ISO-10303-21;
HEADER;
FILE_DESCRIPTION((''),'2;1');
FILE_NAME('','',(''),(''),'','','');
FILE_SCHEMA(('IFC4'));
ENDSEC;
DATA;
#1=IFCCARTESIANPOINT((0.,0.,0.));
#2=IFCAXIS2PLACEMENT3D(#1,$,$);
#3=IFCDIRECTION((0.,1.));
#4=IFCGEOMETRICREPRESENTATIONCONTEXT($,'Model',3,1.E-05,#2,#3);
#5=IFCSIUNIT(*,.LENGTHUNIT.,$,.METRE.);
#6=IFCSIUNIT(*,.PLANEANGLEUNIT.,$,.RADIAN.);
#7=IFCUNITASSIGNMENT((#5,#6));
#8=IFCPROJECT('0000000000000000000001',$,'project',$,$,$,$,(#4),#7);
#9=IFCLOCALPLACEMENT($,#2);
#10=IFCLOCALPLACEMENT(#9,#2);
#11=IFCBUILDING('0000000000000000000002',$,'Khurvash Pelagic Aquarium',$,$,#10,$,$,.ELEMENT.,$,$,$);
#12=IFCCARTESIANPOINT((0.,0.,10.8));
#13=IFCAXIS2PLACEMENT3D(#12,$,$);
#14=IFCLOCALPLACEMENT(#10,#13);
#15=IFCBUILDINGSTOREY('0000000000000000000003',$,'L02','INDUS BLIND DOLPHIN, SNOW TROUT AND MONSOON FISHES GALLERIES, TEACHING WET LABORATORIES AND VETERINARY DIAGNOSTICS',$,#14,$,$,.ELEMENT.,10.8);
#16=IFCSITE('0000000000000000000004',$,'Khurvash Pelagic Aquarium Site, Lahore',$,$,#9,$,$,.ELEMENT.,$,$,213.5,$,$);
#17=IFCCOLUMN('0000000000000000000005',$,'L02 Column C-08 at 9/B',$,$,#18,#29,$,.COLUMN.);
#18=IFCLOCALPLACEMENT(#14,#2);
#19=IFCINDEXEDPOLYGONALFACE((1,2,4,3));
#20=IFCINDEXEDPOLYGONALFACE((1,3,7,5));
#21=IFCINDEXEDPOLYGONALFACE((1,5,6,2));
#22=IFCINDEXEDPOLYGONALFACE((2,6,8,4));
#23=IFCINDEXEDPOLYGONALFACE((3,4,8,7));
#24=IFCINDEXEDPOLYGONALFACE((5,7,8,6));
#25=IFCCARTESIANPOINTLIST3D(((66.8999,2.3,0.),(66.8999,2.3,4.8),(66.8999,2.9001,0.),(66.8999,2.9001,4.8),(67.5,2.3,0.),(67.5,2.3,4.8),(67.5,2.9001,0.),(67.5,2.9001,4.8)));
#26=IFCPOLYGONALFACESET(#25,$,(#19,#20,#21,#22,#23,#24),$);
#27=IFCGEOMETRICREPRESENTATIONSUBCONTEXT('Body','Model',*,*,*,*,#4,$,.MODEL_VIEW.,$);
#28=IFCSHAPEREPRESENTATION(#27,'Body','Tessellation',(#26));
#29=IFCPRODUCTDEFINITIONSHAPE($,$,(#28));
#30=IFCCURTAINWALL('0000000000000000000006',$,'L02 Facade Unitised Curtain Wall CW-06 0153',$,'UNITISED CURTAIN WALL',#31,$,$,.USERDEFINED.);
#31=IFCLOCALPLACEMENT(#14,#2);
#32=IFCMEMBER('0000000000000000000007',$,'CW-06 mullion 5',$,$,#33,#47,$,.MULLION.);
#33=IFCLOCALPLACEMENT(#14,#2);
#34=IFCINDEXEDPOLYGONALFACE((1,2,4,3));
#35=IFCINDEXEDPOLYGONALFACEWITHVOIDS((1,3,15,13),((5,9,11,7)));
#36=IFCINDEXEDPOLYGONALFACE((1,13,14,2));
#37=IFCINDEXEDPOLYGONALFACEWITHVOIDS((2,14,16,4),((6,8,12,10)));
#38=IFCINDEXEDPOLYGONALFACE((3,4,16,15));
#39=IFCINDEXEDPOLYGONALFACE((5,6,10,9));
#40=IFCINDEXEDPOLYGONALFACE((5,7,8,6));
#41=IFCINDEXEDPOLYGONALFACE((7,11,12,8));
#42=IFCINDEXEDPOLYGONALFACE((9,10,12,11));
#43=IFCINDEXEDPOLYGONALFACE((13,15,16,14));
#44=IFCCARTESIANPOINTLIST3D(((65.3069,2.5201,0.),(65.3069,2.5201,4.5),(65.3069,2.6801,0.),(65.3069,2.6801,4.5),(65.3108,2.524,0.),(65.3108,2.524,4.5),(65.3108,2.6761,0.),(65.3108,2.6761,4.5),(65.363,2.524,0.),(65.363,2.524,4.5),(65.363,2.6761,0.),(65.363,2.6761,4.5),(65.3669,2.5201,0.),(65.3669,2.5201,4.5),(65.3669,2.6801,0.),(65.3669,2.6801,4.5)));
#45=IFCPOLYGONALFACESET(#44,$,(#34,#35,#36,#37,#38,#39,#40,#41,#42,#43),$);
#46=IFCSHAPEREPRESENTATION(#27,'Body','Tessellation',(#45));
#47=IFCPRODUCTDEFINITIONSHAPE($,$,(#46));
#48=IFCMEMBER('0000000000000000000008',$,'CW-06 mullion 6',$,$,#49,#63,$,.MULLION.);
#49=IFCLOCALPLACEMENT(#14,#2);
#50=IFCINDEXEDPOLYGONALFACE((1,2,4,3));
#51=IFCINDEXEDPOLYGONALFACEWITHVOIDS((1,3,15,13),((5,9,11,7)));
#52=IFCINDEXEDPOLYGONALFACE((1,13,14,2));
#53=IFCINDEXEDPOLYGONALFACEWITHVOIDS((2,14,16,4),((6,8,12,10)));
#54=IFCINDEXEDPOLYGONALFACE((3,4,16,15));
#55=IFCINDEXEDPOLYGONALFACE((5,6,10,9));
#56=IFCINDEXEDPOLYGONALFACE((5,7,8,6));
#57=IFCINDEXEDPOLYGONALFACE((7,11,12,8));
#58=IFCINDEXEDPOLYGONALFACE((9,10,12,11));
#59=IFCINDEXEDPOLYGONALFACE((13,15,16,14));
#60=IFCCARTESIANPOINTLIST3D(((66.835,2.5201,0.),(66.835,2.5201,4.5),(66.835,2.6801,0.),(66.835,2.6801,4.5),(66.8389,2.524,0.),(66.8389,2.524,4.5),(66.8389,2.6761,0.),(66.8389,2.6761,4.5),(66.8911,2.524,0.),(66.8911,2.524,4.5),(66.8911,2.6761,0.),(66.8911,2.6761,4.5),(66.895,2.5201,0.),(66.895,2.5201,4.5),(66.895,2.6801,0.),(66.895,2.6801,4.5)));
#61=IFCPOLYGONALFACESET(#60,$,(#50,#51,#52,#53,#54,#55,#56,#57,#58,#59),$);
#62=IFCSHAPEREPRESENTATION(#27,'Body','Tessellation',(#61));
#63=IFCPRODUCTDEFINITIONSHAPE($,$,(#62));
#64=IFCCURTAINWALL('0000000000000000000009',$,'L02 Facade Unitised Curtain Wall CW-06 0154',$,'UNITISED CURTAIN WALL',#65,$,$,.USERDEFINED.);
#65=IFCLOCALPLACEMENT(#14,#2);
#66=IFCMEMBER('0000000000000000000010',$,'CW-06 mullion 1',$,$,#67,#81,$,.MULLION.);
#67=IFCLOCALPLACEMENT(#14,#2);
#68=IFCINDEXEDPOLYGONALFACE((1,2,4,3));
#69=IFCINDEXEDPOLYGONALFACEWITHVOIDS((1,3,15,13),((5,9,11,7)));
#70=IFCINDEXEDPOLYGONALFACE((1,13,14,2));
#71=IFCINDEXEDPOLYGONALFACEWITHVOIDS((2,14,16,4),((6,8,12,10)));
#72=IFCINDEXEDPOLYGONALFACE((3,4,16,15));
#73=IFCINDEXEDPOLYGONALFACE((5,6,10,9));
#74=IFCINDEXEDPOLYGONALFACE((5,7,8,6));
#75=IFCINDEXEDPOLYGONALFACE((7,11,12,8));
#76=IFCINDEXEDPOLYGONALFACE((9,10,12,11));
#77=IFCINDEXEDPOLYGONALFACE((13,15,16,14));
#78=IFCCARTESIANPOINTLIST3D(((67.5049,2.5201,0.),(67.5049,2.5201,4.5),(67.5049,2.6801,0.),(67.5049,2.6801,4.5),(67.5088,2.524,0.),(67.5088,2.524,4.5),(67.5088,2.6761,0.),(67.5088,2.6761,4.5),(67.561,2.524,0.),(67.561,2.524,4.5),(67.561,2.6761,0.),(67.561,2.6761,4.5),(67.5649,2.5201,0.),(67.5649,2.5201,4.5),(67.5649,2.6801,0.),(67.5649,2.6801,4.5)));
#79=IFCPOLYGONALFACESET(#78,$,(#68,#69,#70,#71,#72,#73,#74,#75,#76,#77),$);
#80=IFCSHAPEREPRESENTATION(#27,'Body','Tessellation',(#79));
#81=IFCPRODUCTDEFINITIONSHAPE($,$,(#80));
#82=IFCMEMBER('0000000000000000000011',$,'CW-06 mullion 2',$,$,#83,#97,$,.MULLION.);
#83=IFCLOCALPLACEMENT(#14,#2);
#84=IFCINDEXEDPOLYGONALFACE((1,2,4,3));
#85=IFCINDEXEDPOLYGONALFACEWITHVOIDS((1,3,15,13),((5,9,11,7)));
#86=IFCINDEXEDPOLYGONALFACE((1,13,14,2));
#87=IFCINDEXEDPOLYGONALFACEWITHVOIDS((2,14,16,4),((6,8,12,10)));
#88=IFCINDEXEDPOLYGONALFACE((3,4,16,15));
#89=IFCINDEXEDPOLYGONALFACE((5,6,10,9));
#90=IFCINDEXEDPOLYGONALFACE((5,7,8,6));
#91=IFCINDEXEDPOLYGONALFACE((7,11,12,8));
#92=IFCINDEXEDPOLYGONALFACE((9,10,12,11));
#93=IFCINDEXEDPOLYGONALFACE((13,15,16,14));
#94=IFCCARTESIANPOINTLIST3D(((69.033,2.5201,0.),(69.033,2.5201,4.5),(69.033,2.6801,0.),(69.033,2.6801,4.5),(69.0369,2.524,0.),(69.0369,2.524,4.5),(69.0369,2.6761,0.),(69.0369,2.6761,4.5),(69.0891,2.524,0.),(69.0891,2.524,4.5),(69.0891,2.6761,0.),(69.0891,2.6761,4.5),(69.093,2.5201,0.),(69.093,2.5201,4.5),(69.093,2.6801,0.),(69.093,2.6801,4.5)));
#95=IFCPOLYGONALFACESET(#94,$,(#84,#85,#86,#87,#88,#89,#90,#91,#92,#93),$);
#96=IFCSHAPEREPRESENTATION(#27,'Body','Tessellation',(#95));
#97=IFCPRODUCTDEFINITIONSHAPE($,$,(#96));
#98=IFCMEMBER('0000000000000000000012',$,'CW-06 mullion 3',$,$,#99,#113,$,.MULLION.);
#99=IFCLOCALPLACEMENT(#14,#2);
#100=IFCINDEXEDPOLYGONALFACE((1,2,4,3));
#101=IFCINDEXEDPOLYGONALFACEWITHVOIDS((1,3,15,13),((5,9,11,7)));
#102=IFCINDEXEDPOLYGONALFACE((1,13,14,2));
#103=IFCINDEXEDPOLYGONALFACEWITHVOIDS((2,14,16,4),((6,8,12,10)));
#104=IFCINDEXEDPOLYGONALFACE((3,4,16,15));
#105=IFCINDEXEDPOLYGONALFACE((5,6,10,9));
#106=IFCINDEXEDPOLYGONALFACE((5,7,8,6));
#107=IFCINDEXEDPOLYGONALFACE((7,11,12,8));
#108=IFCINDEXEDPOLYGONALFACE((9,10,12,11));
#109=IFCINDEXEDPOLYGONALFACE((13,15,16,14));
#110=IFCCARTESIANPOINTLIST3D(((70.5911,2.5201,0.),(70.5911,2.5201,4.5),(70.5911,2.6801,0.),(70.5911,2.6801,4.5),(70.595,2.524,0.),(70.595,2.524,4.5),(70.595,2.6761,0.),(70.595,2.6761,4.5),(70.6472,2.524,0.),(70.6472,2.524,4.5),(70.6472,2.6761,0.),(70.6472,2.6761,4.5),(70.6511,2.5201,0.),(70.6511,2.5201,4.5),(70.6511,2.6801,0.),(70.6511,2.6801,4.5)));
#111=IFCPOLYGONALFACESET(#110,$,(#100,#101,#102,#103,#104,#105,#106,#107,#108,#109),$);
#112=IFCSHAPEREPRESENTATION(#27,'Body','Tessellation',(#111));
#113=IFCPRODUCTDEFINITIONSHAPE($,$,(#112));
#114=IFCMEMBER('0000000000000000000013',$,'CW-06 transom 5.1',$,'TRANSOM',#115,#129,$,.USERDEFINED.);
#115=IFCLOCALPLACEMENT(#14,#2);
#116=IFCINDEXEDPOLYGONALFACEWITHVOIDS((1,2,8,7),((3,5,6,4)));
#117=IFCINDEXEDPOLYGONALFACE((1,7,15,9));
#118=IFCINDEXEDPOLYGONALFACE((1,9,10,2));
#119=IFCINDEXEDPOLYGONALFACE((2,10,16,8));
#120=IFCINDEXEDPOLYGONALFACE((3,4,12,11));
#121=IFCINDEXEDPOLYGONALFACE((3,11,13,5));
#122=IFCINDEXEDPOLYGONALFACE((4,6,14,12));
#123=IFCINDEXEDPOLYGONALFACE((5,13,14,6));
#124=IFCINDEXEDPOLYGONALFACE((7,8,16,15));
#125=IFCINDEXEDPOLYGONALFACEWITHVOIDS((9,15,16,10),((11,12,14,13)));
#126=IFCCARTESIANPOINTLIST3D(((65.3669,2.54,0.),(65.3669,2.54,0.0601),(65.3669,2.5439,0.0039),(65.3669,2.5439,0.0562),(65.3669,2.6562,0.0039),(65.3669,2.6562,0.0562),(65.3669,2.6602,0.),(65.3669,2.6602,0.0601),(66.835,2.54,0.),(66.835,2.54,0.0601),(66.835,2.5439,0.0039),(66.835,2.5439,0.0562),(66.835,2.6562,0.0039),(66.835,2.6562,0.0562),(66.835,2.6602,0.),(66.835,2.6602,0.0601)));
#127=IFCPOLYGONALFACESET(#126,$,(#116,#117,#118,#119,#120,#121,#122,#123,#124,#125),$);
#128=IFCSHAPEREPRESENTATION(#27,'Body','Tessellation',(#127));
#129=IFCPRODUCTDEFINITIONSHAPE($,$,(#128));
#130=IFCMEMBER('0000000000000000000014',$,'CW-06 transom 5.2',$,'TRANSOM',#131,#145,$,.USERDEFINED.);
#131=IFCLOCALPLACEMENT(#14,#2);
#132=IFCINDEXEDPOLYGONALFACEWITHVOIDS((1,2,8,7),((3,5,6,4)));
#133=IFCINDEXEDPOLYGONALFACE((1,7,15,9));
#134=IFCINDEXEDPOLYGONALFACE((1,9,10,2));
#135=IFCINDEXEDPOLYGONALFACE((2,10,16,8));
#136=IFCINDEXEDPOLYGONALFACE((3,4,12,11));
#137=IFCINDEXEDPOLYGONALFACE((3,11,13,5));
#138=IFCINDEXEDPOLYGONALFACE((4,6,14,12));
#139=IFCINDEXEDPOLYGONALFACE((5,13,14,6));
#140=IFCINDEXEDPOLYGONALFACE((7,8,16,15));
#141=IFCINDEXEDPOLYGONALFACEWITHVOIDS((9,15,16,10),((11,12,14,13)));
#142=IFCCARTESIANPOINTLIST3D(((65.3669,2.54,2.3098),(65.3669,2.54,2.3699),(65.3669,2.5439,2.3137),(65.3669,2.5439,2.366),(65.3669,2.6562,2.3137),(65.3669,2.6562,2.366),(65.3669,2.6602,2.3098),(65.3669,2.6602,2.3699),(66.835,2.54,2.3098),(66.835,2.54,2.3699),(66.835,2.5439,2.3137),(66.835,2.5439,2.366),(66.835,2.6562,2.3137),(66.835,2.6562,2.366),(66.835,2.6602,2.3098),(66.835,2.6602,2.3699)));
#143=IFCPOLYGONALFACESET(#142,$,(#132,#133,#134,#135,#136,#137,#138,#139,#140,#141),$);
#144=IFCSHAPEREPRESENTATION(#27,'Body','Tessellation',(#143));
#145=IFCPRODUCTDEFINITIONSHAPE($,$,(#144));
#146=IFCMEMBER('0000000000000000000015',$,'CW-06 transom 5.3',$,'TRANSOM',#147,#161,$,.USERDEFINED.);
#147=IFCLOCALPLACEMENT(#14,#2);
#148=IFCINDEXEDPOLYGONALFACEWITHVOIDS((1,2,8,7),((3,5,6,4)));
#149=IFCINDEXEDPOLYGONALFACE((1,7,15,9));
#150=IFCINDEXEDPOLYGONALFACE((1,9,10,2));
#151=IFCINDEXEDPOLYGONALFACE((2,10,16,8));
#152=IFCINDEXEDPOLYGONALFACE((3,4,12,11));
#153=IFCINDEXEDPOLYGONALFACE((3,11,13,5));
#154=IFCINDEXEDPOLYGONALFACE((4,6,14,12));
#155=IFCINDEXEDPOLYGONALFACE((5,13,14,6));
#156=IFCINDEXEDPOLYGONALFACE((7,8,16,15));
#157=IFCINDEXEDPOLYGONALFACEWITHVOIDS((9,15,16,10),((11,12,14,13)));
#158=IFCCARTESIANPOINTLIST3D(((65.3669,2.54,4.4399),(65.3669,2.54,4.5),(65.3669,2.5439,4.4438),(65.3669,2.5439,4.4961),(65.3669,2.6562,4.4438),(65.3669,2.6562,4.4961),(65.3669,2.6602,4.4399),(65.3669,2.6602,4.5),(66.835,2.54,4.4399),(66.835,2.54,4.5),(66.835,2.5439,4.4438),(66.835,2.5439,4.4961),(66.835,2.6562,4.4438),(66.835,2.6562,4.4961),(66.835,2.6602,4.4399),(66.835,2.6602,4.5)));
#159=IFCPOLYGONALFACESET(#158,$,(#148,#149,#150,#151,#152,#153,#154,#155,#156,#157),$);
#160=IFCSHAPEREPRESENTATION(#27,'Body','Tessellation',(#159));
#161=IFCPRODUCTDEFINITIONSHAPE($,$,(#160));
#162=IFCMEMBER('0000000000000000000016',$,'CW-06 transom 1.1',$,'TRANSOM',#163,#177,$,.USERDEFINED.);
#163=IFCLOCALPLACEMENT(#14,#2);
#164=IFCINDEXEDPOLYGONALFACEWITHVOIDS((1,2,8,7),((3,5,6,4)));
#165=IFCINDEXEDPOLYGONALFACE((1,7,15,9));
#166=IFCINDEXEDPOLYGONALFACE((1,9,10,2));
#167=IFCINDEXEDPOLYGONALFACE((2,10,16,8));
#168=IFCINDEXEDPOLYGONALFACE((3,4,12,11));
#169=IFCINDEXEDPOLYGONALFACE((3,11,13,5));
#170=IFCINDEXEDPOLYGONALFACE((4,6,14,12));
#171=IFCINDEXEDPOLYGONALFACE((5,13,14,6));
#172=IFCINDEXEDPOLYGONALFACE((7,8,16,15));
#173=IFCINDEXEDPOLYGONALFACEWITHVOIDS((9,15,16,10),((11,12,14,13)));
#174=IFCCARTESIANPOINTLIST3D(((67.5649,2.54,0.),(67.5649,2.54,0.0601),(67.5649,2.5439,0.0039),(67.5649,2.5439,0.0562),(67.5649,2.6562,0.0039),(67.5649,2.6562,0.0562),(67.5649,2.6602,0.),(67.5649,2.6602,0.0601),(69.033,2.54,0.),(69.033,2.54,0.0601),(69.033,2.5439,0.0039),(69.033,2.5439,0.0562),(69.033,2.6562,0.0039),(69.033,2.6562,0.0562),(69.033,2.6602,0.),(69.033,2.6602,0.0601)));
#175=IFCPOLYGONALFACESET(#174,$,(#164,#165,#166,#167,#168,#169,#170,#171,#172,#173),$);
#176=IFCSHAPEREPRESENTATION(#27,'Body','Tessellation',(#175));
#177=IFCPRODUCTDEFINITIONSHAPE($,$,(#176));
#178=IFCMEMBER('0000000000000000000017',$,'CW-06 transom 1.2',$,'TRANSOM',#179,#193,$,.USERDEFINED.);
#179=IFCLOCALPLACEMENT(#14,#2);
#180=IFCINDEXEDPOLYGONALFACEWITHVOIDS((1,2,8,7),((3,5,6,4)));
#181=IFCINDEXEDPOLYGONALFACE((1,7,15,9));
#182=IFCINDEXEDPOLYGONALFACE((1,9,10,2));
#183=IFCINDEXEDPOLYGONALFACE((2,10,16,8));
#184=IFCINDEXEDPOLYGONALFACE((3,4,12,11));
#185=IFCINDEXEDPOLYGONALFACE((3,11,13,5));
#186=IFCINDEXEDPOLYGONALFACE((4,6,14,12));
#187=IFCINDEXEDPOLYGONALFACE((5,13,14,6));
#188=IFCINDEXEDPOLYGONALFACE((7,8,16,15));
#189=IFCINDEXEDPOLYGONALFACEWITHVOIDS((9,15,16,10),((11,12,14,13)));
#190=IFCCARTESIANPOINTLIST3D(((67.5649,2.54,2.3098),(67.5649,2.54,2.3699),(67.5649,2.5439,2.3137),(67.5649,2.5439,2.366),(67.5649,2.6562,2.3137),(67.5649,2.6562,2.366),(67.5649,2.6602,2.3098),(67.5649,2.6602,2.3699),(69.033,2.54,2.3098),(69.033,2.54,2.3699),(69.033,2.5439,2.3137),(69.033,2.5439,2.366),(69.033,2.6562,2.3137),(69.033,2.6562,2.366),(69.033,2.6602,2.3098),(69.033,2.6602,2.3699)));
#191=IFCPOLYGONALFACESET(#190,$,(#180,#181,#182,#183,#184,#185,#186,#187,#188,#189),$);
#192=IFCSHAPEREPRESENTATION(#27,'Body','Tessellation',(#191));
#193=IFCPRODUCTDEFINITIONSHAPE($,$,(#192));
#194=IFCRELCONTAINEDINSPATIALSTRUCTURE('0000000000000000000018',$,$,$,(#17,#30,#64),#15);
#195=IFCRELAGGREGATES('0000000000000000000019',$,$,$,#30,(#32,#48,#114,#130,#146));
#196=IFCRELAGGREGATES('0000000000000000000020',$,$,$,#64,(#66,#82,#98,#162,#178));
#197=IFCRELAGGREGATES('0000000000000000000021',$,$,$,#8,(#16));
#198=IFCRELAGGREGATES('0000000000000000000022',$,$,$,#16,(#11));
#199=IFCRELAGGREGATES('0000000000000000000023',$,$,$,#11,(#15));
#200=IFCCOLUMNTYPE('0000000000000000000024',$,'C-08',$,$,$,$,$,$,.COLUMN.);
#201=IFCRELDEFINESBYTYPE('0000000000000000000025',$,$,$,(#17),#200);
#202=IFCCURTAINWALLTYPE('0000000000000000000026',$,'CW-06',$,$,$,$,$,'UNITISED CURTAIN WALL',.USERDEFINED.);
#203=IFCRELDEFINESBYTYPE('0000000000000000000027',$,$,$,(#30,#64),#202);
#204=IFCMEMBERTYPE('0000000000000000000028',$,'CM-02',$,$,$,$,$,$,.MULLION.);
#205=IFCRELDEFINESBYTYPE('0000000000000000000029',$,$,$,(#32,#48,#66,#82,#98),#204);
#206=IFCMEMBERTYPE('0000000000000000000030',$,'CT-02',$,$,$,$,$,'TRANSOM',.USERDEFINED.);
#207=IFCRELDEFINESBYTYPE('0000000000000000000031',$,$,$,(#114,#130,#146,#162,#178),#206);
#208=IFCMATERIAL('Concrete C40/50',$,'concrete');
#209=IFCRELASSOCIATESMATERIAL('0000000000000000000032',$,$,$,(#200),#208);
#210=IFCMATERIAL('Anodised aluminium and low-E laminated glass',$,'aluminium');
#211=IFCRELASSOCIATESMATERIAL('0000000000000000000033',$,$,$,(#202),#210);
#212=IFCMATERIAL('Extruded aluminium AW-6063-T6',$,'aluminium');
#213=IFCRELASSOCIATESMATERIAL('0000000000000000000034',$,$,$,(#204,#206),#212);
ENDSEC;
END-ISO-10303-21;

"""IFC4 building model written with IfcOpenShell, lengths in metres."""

from ifc_helpers import new_model, si_unit, direction, frame, origin, origin_2d, place, context, subcontext, project, spatial, rectangle, hollow_rectangle, extrude, material, material_profile, profile_set, type_object, element, aggregate, save


model = new_model("IFC4")

# Units and contexts
model_context = context("Model", 3, precision=1e-05, world=origin(), true_north=direction((0.0, 1.0)))
body_context = subcontext(model_context, "Body", "Model", "MODEL_VIEW")
ifc_project = project(units=[si_unit("LENGTHUNIT", "METRE"), si_unit("PLANEANGLEUNIT", "RADIAN")], contexts=[model_context])

# Site, building, storey
site_placement = place(None, origin())
site = spatial("IfcSite", under=ifc_project, at=site_placement, Name="Khurvash Pelagic Aquarium Site, Lahore", CompositionType="ELEMENT", RefElevation=213.5)
building_placement = place(site_placement, origin())
building = spatial("IfcBuilding", under=site, at=building_placement, Name="Khurvash Pelagic Aquarium", CompositionType="ELEMENT")
storey_placement = place(building_placement, frame((0.0, 0.0, 10.8)))
storey = spatial("IfcBuildingStorey", under=building, at=storey_placement, Name="L02", Description="INDUS BLIND DOLPHIN, SNOW TROUT AND MONSOON FISHES GALLERIES, TEACHING WET LABORATORIES AND VETERINARY DIAGNOSTICS", CompositionType="ELEMENT", Elevation=10.8)

# Column
ifc_material_1 = material(Name="Concrete C40/50", Category="concrete")
ifc_material_profile_1 = material_profile(ifc_material_1, rectangle(XDim=0.6001, YDim=0.6001, at=origin_2d()), Name="RC600X600")
ifc_profile_set_1 = profile_set([ifc_material_profile_1], Name="Concrete C40/50")
column_type = type_object("IfcColumnType", Name="C-08", PredefinedType="COLUMN", material=ifc_profile_set_1)
column_placement = place(storey_placement, frame((67.2, 2.6001, 0.0), z_axis=(0.0, 0.0, 1.0), x_axis=(1.0, 0.0, 0.0)))
element("IfcColumn", 1, at=column_placement, inside=storey, type_object=column_type, Name="L02 Column C-08 at 9/B", PredefinedType="COLUMN", context=body_context, shape_type="SweptSolid", body=[
    extrude(rectangle(XDim=0.6001, YDim=0.6001, at=origin_2d()), origin(), (0.0, 0.0, 1.0), 4.8),
])

# Curtain walls, members
ifc_material_2 = material(Name="Anodised aluminium and low-E laminated glass", Category="aluminium")
curtain_wall_type = type_object("IfcCurtainWallType", Name="CW-06", ElementType="UNITISED CURTAIN WALL", PredefinedType="USERDEFINED", material=ifc_material_2)
curtain_wall_1_placement = place(storey_placement, origin())
curtain_wall_1 = element("IfcCurtainWall", 2, at=curtain_wall_1_placement, inside=storey, type_object=curtain_wall_type, Name="L02 Facade Unitised Curtain Wall CW-06 0153", ObjectType="UNITISED CURTAIN WALL", PredefinedType="USERDEFINED")
ifc_material_3 = material(Name="Extruded aluminium AW-6063-T6", Category="aluminium")
ifc_material_profile_2 = material_profile(ifc_material_3, hollow_rectangle(XDim=0.0601, YDim=0.1599, WallThickness=0.0039, at=origin_2d()), Name="CWM60X160X4")
ifc_profile_set_2 = profile_set([ifc_material_profile_2], Name="Extruded aluminium AW-6063-T6")
member_type_1 = type_object("IfcMemberType", Name="CM-02", PredefinedType="MULLION", material=ifc_profile_set_2)
member_1_placement = place(storey_placement, frame((65.3369, 2.6001, 0.0), z_axis=(0.0, 0.0, 1.0), x_axis=(1.0, 0.0, 0.0)))
member_1 = element("IfcMember", 3, at=member_1_placement, type_object=member_type_1, Name="CW-06 mullion 5", PredefinedType="MULLION", context=body_context, shape_type="SweptSolid", body=[
    extrude(hollow_rectangle(XDim=0.0601, YDim=0.1599, WallThickness=0.0039, at=origin_2d()), origin(), (0.0, 0.0, 1.0), 4.5),
])
member_2_placement = place(storey_placement, frame((66.865, 2.6001, 0.0), z_axis=(0.0, 0.0, 1.0), x_axis=(1.0, 0.0, 0.0)))
member_2 = element("IfcMember", 4, at=member_2_placement, type_object=member_type_1, Name="CW-06 mullion 6", PredefinedType="MULLION", context=body_context, shape_type="SweptSolid", body=[
    extrude(hollow_rectangle(XDim=0.0601, YDim=0.1599, WallThickness=0.0039, at=origin_2d()), origin(), (0.0, 0.0, 1.0), 4.5),
])
curtain_wall_2_placement = place(storey_placement, origin())
curtain_wall_2 = element("IfcCurtainWall", 5, at=curtain_wall_2_placement, inside=storey, type_object=curtain_wall_type, Name="L02 Facade Unitised Curtain Wall CW-06 0154", ObjectType="UNITISED CURTAIN WALL", PredefinedType="USERDEFINED")
member_3_placement = place(storey_placement, frame((67.5349, 2.6001, 0.0), z_axis=(0.0, 0.0, 1.0), x_axis=(1.0, 0.0, 0.0)))
member_3 = element("IfcMember", 6, at=member_3_placement, type_object=member_type_1, Name="CW-06 mullion 1", PredefinedType="MULLION", context=body_context, shape_type="SweptSolid", body=[
    extrude(hollow_rectangle(XDim=0.0601, YDim=0.1599, WallThickness=0.0039, at=origin_2d()), origin(), (0.0, 0.0, 1.0), 4.5),
])
member_4_placement = place(storey_placement, frame((69.063, 2.6001, 0.0), z_axis=(0.0, 0.0, 1.0), x_axis=(1.0, 0.0, 0.0)))
member_4 = element("IfcMember", 7, at=member_4_placement, type_object=member_type_1, Name="CW-06 mullion 2", PredefinedType="MULLION", context=body_context, shape_type="SweptSolid", body=[
    extrude(hollow_rectangle(XDim=0.0601, YDim=0.1599, WallThickness=0.0039, at=origin_2d()), origin(), (0.0, 0.0, 1.0), 4.5),
])
member_5_placement = place(storey_placement, frame((70.6211, 2.6001, 0.0), z_axis=(0.0, 0.0, 1.0), x_axis=(1.0, 0.0, 0.0)))
member_5 = element("IfcMember", 8, at=member_5_placement, type_object=member_type_1, Name="CW-06 mullion 3", PredefinedType="MULLION", context=body_context, shape_type="SweptSolid", body=[
    extrude(hollow_rectangle(XDim=0.0601, YDim=0.1599, WallThickness=0.0039, at=origin_2d()), origin(), (0.0, 0.0, 1.0), 4.5),
])

# Members
ifc_material_profile_3 = material_profile(ifc_material_3, hollow_rectangle(XDim=0.1201, YDim=0.0601, WallThickness=0.0039, at=origin_2d()), Name="CWT120X60X4")
ifc_profile_set_3 = profile_set([ifc_material_profile_3], Name="Extruded aluminium AW-6063-T6")
member_type_2 = type_object("IfcMemberType", Name="CT-02", ElementType="TRANSOM", PredefinedType="USERDEFINED", material=ifc_profile_set_3)
member_6_placement = place(storey_placement, frame((65.3669, 2.6001, 0.03), z_axis=(1.0, 0.0, 0.0), x_axis=(0.0, 1.0, 0.0)))
member_6 = element("IfcMember", 9, at=member_6_placement, type_object=member_type_2, Name="CW-06 transom 5.1", ObjectType="TRANSOM", PredefinedType="USERDEFINED", context=body_context, shape_type="SweptSolid", body=[
    extrude(hollow_rectangle(XDim=0.1201, YDim=0.0601, WallThickness=0.0039, at=origin_2d()), origin(), (0.0, 0.0, 1.0), 1.468),
])
member_7_placement = place(storey_placement, frame((65.3669, 2.6001, 2.3398), z_axis=(1.0, 0.0, 0.0), x_axis=(0.0, 1.0, 0.0)))
member_7 = element("IfcMember", 10, at=member_7_placement, type_object=member_type_2, Name="CW-06 transom 5.2", ObjectType="TRANSOM", PredefinedType="USERDEFINED", context=body_context, shape_type="SweptSolid", body=[
    extrude(hollow_rectangle(XDim=0.1201, YDim=0.0601, WallThickness=0.0039, at=origin_2d()), origin(), (0.0, 0.0, 1.0), 1.468),
])
member_8_placement = place(storey_placement, frame((65.3669, 2.6001, 4.47), z_axis=(1.0, 0.0, 0.0), x_axis=(0.0, 1.0, 0.0)))
member_8 = element("IfcMember", 11, at=member_8_placement, type_object=member_type_2, Name="CW-06 transom 5.3", ObjectType="TRANSOM", PredefinedType="USERDEFINED", context=body_context, shape_type="SweptSolid", body=[
    extrude(hollow_rectangle(XDim=0.1201, YDim=0.0601, WallThickness=0.0039, at=origin_2d()), origin(), (0.0, 0.0, 1.0), 1.468),
])
member_9_placement = place(storey_placement, frame((67.5649, 2.6001, 0.03), z_axis=(1.0, 0.0, 0.0), x_axis=(0.0, 1.0, 0.0)))
member_9 = element("IfcMember", 12, at=member_9_placement, type_object=member_type_2, Name="CW-06 transom 1.1", ObjectType="TRANSOM", PredefinedType="USERDEFINED", context=body_context, shape_type="SweptSolid", body=[
    extrude(hollow_rectangle(XDim=0.1201, YDim=0.0601, WallThickness=0.0039, at=origin_2d()), origin(), (0.0, 0.0, 1.0), 1.468),
])
member_10_placement = place(storey_placement, frame((67.5649, 2.6001, 2.3398), z_axis=(1.0, 0.0, 0.0), x_axis=(0.0, 1.0, 0.0)))
member_10 = element("IfcMember", 13, at=member_10_placement, type_object=member_type_2, Name="CW-06 transom 1.2", ObjectType="TRANSOM", PredefinedType="USERDEFINED", context=body_context, shape_type="SweptSolid", body=[
    extrude(hollow_rectangle(XDim=0.1201, YDim=0.0601, WallThickness=0.0039, at=origin_2d()), origin(), (0.0, 0.0, 1.0), 1.468),
])

aggregate(curtain_wall_1, [member_1, member_2, member_6, member_7, member_8])
aggregate(curtain_wall_2, [member_3, member_4, member_5, member_9, member_10])

save(model, "model.ifc")
